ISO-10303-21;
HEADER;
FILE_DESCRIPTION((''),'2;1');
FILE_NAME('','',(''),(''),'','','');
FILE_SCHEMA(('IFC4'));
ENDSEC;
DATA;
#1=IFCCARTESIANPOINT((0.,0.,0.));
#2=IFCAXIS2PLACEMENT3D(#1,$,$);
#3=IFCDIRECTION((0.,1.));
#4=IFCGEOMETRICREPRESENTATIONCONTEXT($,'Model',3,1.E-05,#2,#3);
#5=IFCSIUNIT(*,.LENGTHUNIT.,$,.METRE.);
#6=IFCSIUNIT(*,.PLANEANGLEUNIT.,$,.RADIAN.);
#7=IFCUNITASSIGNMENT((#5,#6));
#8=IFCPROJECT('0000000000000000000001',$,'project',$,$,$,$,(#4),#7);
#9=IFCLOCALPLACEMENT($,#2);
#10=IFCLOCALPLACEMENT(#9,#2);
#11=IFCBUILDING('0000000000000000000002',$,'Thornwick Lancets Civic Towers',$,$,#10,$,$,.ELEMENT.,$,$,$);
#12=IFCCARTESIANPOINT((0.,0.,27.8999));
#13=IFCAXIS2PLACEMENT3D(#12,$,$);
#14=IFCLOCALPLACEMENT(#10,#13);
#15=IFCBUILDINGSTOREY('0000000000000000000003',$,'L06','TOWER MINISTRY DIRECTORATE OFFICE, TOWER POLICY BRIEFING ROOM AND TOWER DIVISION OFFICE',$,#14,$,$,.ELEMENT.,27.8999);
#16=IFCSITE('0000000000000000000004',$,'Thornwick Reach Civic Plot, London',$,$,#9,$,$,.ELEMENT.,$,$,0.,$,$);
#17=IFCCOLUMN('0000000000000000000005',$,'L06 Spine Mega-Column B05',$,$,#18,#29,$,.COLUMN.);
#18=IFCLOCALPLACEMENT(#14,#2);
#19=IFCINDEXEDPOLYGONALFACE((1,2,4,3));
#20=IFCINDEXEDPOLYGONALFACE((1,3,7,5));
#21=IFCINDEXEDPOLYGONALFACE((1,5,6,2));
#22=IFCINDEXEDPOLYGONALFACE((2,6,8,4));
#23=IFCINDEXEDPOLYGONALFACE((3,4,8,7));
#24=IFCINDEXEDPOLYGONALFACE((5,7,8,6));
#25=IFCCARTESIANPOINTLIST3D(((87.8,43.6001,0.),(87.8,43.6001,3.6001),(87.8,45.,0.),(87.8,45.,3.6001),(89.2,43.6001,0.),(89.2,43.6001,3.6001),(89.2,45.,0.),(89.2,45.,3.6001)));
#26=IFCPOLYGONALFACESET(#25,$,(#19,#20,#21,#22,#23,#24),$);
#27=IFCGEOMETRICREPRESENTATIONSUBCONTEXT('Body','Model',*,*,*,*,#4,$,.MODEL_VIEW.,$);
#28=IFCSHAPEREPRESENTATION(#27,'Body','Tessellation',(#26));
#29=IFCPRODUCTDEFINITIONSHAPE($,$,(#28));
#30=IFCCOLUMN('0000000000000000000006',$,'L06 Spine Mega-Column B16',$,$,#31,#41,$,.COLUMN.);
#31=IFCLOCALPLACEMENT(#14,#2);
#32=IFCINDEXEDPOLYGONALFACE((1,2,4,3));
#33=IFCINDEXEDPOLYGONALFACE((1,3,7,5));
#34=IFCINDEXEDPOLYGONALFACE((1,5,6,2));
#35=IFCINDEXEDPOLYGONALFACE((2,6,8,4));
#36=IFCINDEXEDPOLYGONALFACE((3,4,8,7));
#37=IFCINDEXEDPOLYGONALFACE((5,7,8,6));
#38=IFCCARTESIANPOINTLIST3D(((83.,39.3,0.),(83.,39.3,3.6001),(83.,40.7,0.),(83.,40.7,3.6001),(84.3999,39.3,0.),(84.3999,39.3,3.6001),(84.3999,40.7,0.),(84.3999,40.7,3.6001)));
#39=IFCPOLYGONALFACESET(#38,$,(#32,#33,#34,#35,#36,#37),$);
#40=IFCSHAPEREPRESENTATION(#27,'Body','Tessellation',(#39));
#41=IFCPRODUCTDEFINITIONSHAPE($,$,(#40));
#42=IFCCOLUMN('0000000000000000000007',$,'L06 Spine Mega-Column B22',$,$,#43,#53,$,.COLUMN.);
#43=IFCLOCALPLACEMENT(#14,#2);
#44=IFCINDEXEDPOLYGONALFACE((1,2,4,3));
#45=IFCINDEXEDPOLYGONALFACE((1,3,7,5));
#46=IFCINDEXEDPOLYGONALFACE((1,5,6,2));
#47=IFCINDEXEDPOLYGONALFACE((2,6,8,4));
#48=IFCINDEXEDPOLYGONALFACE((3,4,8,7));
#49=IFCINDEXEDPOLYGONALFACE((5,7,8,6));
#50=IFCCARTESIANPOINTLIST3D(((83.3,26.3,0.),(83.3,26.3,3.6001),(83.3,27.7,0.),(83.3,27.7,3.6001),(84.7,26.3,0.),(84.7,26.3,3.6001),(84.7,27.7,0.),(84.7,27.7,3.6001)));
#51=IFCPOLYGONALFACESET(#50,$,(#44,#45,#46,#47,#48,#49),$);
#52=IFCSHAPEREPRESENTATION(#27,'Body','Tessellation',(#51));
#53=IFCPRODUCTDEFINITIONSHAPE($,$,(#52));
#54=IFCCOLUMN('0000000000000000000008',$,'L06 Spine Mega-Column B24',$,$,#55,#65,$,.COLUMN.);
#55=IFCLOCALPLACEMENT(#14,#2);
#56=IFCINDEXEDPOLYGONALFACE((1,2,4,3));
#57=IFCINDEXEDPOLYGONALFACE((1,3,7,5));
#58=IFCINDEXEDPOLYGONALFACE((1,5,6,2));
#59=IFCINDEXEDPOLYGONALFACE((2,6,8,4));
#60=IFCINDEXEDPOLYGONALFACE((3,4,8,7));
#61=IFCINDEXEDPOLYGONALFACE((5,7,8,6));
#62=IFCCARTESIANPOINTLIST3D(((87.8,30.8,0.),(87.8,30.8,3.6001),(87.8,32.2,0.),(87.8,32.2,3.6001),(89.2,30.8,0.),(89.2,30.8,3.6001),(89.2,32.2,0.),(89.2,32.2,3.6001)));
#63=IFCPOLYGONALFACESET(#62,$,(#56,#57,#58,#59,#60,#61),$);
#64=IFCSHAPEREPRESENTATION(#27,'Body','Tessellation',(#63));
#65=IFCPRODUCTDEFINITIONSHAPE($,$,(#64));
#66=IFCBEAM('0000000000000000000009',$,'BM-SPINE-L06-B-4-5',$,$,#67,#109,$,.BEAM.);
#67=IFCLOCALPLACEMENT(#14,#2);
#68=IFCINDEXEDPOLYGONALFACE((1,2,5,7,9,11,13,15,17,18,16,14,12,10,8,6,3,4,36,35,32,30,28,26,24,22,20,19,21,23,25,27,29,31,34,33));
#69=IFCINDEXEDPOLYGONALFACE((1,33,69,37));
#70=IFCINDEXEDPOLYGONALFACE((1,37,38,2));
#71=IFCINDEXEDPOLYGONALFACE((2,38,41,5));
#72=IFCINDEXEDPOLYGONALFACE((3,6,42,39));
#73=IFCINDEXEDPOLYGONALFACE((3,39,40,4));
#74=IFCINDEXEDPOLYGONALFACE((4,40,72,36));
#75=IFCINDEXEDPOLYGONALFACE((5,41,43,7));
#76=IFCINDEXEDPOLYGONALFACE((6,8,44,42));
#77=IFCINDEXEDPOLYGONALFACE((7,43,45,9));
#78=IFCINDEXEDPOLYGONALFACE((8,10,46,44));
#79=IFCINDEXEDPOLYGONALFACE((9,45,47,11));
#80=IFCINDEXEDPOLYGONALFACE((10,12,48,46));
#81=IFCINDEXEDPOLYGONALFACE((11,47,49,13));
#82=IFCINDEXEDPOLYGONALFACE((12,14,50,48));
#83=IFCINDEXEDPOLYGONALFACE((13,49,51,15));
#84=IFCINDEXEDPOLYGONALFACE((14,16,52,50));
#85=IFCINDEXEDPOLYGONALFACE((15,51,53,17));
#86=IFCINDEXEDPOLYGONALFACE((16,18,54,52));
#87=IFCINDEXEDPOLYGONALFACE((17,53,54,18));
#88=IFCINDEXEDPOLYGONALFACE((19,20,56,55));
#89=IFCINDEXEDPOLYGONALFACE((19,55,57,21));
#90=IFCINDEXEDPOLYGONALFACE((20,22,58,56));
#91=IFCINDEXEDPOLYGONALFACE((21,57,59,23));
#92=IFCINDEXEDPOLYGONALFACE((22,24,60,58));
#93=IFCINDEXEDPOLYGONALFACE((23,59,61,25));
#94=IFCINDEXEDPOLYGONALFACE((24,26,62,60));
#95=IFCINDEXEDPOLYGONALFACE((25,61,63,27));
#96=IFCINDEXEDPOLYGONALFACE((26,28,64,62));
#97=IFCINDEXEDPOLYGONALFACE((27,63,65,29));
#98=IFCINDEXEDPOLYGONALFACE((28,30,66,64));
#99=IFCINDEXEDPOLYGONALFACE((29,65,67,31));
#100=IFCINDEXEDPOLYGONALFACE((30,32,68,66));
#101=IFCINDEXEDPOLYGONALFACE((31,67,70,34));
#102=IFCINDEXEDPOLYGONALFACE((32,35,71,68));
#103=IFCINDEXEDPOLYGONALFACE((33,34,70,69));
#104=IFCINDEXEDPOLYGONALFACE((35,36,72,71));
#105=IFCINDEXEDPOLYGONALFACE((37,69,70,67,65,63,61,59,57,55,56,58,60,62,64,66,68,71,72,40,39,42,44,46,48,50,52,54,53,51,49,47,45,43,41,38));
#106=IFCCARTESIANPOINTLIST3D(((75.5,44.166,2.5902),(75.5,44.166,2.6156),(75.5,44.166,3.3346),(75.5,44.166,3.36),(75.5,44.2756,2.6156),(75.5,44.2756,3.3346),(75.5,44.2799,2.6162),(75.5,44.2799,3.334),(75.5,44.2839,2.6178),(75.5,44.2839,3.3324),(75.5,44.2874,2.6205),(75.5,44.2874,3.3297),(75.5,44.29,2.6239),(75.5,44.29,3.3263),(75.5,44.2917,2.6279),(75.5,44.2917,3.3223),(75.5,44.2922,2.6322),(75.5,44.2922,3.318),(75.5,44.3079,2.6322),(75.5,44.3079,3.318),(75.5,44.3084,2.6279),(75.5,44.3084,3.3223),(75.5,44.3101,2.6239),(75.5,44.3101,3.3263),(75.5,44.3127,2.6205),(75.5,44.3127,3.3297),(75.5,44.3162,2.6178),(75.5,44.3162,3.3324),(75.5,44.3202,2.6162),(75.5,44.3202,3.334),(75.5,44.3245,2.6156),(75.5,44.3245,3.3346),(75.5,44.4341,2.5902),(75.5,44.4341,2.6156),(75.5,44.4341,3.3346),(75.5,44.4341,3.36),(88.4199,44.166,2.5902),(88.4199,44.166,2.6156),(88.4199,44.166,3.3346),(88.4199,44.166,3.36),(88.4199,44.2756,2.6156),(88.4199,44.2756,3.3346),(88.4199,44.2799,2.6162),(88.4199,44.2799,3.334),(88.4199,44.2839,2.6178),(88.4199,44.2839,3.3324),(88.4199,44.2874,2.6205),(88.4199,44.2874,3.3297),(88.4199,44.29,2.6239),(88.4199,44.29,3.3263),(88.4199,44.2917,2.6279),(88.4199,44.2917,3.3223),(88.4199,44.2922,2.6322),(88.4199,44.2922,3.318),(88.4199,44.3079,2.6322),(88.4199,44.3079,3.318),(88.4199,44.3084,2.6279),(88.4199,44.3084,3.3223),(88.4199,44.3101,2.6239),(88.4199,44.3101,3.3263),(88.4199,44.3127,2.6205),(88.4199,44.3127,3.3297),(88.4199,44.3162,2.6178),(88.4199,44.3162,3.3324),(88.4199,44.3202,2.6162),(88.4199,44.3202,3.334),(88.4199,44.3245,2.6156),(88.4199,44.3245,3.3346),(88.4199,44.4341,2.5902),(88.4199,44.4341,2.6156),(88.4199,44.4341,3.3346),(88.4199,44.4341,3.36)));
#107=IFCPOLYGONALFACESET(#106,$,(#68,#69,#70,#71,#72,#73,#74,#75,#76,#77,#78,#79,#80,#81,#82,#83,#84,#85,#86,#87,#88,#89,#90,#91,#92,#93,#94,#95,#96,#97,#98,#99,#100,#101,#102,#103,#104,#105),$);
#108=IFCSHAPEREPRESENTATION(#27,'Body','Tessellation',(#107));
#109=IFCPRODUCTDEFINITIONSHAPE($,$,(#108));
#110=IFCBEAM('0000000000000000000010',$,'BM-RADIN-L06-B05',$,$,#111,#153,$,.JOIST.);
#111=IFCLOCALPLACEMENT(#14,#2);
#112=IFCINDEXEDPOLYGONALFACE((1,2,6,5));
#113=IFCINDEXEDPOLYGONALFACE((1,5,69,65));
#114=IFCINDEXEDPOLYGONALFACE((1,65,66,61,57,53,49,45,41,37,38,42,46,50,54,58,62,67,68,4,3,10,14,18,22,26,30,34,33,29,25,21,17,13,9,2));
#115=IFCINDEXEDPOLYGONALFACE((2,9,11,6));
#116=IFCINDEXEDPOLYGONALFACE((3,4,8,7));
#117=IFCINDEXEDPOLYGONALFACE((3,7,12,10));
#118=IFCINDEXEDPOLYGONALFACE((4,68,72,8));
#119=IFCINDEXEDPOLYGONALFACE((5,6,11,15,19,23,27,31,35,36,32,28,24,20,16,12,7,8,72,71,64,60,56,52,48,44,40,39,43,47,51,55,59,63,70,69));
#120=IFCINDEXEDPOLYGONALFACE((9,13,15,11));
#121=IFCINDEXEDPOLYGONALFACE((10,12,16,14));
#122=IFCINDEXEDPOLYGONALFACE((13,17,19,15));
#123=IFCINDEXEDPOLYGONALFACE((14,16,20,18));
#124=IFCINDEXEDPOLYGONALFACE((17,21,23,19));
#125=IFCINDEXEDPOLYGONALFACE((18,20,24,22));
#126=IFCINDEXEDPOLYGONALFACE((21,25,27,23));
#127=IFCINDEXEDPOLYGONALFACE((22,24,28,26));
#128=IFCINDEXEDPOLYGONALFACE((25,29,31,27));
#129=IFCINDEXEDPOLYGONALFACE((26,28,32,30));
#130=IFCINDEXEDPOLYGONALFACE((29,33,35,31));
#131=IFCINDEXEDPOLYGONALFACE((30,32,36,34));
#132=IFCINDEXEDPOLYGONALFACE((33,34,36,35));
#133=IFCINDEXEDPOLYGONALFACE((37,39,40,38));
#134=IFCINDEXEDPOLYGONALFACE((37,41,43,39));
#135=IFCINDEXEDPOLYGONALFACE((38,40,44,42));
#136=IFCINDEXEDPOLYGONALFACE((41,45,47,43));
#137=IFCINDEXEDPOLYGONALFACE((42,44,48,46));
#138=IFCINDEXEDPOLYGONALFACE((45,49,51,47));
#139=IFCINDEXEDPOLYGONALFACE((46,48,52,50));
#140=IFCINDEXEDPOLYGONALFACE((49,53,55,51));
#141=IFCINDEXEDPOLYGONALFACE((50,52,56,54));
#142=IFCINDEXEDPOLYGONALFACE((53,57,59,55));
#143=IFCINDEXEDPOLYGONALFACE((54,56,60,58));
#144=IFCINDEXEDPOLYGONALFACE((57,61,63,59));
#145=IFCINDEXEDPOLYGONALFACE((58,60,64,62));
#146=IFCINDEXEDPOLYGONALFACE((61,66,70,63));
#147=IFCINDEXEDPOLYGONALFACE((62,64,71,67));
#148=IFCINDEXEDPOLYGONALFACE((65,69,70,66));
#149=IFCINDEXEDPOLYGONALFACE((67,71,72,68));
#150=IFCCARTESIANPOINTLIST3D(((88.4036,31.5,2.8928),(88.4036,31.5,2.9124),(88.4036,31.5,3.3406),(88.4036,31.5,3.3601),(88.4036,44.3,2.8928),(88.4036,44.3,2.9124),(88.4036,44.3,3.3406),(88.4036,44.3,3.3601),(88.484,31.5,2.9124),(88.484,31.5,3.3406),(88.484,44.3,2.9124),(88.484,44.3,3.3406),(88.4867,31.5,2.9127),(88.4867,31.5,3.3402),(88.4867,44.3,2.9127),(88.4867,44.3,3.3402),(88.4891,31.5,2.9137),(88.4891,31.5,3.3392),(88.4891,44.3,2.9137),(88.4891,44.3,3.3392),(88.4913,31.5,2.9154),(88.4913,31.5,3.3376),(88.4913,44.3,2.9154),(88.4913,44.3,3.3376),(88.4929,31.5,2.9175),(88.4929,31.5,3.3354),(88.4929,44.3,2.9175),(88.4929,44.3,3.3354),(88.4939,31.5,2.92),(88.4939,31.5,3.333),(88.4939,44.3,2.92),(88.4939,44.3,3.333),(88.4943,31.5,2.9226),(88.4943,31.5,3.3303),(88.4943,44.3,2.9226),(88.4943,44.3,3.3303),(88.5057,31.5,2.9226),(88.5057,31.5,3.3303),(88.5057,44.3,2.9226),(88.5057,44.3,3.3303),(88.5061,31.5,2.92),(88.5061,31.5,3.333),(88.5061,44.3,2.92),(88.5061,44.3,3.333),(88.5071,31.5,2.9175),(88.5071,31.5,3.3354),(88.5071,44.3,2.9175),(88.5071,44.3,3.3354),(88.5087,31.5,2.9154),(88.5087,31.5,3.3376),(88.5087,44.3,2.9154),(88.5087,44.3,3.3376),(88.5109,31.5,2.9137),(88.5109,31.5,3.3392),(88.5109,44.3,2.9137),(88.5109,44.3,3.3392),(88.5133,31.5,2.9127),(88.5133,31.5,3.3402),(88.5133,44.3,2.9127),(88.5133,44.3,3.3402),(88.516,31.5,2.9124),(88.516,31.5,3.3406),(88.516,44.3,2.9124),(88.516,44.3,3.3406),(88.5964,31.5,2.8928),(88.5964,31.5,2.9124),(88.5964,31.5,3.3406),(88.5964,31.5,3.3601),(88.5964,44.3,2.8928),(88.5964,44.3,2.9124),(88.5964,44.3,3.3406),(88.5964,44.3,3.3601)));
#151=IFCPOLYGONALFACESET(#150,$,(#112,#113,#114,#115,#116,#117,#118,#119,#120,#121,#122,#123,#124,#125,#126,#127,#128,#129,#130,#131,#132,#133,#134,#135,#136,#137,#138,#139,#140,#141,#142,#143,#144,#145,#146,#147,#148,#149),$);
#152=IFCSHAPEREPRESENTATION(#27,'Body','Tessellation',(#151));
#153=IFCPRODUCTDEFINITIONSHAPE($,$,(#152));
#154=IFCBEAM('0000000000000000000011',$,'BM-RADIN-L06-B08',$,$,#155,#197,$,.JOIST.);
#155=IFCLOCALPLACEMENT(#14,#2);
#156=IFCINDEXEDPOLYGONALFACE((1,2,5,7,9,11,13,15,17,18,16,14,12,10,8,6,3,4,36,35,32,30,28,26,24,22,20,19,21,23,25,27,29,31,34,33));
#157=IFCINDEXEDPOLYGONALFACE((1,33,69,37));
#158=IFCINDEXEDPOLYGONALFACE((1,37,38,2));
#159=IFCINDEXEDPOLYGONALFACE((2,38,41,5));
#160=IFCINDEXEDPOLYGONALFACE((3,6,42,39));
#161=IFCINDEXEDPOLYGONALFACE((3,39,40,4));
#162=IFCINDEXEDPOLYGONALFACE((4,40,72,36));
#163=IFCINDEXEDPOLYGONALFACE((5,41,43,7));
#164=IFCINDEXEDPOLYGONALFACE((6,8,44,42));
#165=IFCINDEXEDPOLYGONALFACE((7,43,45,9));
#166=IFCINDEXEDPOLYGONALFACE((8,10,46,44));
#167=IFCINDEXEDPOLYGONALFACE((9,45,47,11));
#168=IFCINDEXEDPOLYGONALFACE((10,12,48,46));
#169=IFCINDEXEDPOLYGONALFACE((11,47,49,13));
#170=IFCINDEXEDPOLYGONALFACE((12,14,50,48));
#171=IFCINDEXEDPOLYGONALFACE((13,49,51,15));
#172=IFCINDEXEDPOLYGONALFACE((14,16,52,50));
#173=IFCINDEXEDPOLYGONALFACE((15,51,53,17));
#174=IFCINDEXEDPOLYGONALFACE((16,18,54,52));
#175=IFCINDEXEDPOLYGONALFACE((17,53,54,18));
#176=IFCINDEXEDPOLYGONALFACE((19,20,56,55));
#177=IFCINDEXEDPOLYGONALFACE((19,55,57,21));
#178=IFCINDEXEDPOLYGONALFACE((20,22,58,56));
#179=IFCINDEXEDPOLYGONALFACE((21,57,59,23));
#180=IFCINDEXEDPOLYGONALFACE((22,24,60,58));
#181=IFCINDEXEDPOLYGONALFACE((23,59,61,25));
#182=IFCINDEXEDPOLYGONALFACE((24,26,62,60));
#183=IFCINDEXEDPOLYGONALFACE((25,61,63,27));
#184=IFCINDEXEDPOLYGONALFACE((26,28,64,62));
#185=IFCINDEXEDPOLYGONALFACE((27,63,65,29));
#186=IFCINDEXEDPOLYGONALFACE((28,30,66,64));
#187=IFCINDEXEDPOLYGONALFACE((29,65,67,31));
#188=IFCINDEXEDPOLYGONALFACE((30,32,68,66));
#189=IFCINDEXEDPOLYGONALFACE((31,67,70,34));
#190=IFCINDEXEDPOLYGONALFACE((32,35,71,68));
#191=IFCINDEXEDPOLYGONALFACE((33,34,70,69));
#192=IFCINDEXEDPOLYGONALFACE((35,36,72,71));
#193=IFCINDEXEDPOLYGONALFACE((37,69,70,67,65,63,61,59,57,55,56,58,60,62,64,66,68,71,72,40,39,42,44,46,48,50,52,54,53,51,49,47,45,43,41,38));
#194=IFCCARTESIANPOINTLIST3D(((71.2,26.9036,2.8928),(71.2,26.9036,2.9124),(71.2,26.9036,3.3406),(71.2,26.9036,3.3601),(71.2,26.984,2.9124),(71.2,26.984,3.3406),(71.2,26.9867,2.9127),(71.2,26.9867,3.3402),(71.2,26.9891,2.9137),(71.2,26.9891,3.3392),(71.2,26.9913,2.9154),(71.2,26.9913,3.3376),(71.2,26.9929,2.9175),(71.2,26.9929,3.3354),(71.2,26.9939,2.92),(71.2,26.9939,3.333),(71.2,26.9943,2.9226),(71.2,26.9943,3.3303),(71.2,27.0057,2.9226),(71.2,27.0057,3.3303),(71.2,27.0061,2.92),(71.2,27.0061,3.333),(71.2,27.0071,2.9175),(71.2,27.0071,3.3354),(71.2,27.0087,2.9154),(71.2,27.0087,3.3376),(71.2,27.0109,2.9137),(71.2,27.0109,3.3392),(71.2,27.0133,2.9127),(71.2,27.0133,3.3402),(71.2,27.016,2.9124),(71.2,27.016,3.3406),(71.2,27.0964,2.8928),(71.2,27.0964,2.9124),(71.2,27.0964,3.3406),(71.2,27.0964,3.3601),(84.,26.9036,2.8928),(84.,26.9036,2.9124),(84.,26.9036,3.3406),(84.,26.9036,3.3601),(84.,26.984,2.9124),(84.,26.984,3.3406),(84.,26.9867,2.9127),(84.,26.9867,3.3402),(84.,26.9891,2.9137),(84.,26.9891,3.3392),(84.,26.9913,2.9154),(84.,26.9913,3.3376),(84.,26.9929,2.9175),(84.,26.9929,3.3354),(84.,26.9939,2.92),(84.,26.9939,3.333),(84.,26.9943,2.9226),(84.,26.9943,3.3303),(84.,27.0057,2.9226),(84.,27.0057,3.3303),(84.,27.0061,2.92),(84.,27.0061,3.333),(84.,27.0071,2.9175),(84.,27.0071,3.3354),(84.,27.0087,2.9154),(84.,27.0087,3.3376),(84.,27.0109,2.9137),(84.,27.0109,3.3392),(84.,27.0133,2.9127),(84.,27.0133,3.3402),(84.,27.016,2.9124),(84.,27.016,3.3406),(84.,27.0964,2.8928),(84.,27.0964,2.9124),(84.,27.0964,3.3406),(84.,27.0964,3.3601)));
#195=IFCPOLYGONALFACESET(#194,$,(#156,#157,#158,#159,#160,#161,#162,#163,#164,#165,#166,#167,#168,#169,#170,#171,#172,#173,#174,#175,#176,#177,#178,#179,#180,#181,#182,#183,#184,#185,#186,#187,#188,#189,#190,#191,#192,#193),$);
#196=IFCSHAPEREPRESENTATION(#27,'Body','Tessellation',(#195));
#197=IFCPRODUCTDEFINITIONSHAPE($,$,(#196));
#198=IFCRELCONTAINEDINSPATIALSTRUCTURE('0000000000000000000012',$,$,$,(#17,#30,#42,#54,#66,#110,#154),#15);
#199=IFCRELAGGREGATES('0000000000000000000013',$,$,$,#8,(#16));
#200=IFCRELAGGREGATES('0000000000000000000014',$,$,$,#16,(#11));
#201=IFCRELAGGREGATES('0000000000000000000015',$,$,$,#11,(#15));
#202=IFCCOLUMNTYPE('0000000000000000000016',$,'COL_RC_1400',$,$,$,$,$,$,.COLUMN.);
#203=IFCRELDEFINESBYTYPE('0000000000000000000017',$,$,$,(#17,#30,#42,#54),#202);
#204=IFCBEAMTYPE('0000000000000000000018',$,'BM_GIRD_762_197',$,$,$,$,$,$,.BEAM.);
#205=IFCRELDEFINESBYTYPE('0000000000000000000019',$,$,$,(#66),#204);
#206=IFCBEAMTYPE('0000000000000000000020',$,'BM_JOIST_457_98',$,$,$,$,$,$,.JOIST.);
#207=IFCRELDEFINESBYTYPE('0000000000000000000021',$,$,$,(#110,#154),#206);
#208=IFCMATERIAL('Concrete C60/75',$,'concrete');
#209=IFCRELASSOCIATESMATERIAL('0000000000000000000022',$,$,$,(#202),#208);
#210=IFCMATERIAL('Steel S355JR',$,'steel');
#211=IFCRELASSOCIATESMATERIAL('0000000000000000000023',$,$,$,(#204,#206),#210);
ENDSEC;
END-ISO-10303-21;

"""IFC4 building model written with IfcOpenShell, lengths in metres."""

from ifc_helpers import new_model, si_unit, direction, frame, origin, origin_2d, place, context, subcontext, project, spatial, rectangle, i_section, extrude, material, material_profile, profile_set, type_object, element, save


model = new_model("IFC4")

# Units and contexts
model_context = context("Model", 3, precision=1e-05, world=origin(), true_north=direction((0.0, 1.0)))
body_context = subcontext(model_context, "Body", "Model", "MODEL_VIEW")
ifc_project = project(units=[si_unit("LENGTHUNIT", "METRE"), si_unit("PLANEANGLEUNIT", "RADIAN")], contexts=[model_context])

# Site, building, storey
site_placement = place(None, origin())
site = spatial("IfcSite", under=ifc_project, at=site_placement, Name="Thornwick Reach Civic Plot, London", CompositionType="ELEMENT", RefElevation=0.0)
building_placement = place(site_placement, origin())
building = spatial("IfcBuilding", under=site, at=building_placement, Name="Thornwick Lancets Civic Towers", CompositionType="ELEMENT")
storey_placement = place(building_placement, frame((0.0, 0.0, 27.8999)))
storey = spatial("IfcBuildingStorey", under=building, at=storey_placement, Name="L06", Description="TOWER MINISTRY DIRECTORATE OFFICE, TOWER POLICY BRIEFING ROOM AND TOWER DIVISION OFFICE", CompositionType="ELEMENT", Elevation=27.8999)

# Columns
ifc_material_1 = material(Name="Concrete C60/75", Category="concrete")
ifc_material_profile_1 = material_profile(ifc_material_1, rectangle(XDim=1.3999, YDim=1.3999, at=origin_2d()), Name="RC 1400x1400")
ifc_profile_set_1 = profile_set([ifc_material_profile_1], Name="Concrete C60/75")
column_type = type_object("IfcColumnType", Name="COL_RC_1400", PredefinedType="COLUMN", material=ifc_profile_set_1)
for number, where, z_axis, x_axis, name in (
    (1, (88.5, 44.3, 0.0), (0.0, 0.0, 1.0), (1.0, 0.0, 0.0), "L06 Spine Mega-Column B05"),
    (2, (83.7, 40.0, 0.0), (0.0, 0.0, 1.0), (1.0, 0.0, 0.0), "L06 Spine Mega-Column B16"),
    (3, (84.0, 27.0, 0.0), (0.0, 0.0, 1.0), (1.0, 0.0, 0.0), "L06 Spine Mega-Column B22"),
    (4, (88.5, 31.5, 0.0), (0.0, 0.0, 1.0), (1.0, 0.0, 0.0), "L06 Spine Mega-Column B24"),
):
    element("IfcColumn", number, at=place(storey_placement, frame(where, z_axis=z_axis, x_axis=x_axis)), inside=storey, type_object=column_type, Name=name, PredefinedType="COLUMN", context=body_context, shape_type="SweptSolid", body=[
        extrude(rectangle(XDim=1.3999, YDim=1.3999, at=origin_2d()), origin(), (0.0, 0.0, 1.0), 3.6001),
    ])

# Beams
ifc_material_2 = material(Name="Steel S355JR", Category="steel")
ifc_material_profile_2 = material_profile(ifc_material_2, i_section(OverallWidth=0.2681, OverallDepth=0.7698, WebThickness=0.0156, FlangeThickness=0.0254, FilletRadius=0.0166, at=origin_2d()), Name="UKB 762x267x197")
ifc_profile_set_2 = profile_set([ifc_material_profile_2], Name="Steel S355JR")
beam_type_1 = type_object("IfcBeamType", Name="BM_GIRD_762_197", PredefinedType="BEAM", material=ifc_profile_set_2)
beam_1_placement = place(storey_placement, frame((88.4199, 44.3, 2.9751), z_axis=(-1.0, 0.0, 0.0), x_axis=(0.0, -1.0, 0.0)))
element("IfcBeam", 5, at=beam_1_placement, inside=storey, type_object=beam_type_1, Name="BM-SPINE-L06-B-4-5", PredefinedType="BEAM", context=body_context, shape_type="SweptSolid", body=[
    extrude(i_section(OverallWidth=0.2681, OverallDepth=0.7698, WebThickness=0.0156, FlangeThickness=0.0254, FilletRadius=0.0166, at=origin_2d()), origin(), (0.0, 0.0, 1.0), 12.9199),
])
ifc_material_profile_3 = material_profile(ifc_material_2, i_section(OverallWidth=0.1929, OverallDepth=0.4673, WebThickness=0.0115, FlangeThickness=0.0195, FilletRadius=0.0103, at=origin_2d()), Name="UKB 457x191x98")
ifc_profile_set_3 = profile_set([ifc_material_profile_3], Name="Steel S355JR")
beam_type_2 = type_object("IfcBeamType", Name="BM_JOIST_457_98", PredefinedType="JOIST", material=ifc_profile_set_3)
for number, where, z_axis, x_axis, name in (
    (6, (88.5, 31.5, 3.1265), (0.0, 1.0, 0.0), (-1.0, 0.0, 0.0), "BM-RADIN-L06-B05"),
    (7, (84.0, 27.0, 3.1265), (-1.0, 0.0, 0.0), (0.0, -1.0, 0.0), "BM-RADIN-L06-B08"),
):
    element("IfcBeam", number, at=place(storey_placement, frame(where, z_axis=z_axis, x_axis=x_axis)), inside=storey, type_object=beam_type_2, Name=name, PredefinedType="JOIST", context=body_context, shape_type="SweptSolid", body=[
        extrude(i_section(OverallWidth=0.1929, OverallDepth=0.4673, WebThickness=0.0115, FlangeThickness=0.0195, FilletRadius=0.0103, at=origin_2d()), origin(), (0.0, 0.0, 1.0), 12.8),
    ])

save(model, "model.ifc")
